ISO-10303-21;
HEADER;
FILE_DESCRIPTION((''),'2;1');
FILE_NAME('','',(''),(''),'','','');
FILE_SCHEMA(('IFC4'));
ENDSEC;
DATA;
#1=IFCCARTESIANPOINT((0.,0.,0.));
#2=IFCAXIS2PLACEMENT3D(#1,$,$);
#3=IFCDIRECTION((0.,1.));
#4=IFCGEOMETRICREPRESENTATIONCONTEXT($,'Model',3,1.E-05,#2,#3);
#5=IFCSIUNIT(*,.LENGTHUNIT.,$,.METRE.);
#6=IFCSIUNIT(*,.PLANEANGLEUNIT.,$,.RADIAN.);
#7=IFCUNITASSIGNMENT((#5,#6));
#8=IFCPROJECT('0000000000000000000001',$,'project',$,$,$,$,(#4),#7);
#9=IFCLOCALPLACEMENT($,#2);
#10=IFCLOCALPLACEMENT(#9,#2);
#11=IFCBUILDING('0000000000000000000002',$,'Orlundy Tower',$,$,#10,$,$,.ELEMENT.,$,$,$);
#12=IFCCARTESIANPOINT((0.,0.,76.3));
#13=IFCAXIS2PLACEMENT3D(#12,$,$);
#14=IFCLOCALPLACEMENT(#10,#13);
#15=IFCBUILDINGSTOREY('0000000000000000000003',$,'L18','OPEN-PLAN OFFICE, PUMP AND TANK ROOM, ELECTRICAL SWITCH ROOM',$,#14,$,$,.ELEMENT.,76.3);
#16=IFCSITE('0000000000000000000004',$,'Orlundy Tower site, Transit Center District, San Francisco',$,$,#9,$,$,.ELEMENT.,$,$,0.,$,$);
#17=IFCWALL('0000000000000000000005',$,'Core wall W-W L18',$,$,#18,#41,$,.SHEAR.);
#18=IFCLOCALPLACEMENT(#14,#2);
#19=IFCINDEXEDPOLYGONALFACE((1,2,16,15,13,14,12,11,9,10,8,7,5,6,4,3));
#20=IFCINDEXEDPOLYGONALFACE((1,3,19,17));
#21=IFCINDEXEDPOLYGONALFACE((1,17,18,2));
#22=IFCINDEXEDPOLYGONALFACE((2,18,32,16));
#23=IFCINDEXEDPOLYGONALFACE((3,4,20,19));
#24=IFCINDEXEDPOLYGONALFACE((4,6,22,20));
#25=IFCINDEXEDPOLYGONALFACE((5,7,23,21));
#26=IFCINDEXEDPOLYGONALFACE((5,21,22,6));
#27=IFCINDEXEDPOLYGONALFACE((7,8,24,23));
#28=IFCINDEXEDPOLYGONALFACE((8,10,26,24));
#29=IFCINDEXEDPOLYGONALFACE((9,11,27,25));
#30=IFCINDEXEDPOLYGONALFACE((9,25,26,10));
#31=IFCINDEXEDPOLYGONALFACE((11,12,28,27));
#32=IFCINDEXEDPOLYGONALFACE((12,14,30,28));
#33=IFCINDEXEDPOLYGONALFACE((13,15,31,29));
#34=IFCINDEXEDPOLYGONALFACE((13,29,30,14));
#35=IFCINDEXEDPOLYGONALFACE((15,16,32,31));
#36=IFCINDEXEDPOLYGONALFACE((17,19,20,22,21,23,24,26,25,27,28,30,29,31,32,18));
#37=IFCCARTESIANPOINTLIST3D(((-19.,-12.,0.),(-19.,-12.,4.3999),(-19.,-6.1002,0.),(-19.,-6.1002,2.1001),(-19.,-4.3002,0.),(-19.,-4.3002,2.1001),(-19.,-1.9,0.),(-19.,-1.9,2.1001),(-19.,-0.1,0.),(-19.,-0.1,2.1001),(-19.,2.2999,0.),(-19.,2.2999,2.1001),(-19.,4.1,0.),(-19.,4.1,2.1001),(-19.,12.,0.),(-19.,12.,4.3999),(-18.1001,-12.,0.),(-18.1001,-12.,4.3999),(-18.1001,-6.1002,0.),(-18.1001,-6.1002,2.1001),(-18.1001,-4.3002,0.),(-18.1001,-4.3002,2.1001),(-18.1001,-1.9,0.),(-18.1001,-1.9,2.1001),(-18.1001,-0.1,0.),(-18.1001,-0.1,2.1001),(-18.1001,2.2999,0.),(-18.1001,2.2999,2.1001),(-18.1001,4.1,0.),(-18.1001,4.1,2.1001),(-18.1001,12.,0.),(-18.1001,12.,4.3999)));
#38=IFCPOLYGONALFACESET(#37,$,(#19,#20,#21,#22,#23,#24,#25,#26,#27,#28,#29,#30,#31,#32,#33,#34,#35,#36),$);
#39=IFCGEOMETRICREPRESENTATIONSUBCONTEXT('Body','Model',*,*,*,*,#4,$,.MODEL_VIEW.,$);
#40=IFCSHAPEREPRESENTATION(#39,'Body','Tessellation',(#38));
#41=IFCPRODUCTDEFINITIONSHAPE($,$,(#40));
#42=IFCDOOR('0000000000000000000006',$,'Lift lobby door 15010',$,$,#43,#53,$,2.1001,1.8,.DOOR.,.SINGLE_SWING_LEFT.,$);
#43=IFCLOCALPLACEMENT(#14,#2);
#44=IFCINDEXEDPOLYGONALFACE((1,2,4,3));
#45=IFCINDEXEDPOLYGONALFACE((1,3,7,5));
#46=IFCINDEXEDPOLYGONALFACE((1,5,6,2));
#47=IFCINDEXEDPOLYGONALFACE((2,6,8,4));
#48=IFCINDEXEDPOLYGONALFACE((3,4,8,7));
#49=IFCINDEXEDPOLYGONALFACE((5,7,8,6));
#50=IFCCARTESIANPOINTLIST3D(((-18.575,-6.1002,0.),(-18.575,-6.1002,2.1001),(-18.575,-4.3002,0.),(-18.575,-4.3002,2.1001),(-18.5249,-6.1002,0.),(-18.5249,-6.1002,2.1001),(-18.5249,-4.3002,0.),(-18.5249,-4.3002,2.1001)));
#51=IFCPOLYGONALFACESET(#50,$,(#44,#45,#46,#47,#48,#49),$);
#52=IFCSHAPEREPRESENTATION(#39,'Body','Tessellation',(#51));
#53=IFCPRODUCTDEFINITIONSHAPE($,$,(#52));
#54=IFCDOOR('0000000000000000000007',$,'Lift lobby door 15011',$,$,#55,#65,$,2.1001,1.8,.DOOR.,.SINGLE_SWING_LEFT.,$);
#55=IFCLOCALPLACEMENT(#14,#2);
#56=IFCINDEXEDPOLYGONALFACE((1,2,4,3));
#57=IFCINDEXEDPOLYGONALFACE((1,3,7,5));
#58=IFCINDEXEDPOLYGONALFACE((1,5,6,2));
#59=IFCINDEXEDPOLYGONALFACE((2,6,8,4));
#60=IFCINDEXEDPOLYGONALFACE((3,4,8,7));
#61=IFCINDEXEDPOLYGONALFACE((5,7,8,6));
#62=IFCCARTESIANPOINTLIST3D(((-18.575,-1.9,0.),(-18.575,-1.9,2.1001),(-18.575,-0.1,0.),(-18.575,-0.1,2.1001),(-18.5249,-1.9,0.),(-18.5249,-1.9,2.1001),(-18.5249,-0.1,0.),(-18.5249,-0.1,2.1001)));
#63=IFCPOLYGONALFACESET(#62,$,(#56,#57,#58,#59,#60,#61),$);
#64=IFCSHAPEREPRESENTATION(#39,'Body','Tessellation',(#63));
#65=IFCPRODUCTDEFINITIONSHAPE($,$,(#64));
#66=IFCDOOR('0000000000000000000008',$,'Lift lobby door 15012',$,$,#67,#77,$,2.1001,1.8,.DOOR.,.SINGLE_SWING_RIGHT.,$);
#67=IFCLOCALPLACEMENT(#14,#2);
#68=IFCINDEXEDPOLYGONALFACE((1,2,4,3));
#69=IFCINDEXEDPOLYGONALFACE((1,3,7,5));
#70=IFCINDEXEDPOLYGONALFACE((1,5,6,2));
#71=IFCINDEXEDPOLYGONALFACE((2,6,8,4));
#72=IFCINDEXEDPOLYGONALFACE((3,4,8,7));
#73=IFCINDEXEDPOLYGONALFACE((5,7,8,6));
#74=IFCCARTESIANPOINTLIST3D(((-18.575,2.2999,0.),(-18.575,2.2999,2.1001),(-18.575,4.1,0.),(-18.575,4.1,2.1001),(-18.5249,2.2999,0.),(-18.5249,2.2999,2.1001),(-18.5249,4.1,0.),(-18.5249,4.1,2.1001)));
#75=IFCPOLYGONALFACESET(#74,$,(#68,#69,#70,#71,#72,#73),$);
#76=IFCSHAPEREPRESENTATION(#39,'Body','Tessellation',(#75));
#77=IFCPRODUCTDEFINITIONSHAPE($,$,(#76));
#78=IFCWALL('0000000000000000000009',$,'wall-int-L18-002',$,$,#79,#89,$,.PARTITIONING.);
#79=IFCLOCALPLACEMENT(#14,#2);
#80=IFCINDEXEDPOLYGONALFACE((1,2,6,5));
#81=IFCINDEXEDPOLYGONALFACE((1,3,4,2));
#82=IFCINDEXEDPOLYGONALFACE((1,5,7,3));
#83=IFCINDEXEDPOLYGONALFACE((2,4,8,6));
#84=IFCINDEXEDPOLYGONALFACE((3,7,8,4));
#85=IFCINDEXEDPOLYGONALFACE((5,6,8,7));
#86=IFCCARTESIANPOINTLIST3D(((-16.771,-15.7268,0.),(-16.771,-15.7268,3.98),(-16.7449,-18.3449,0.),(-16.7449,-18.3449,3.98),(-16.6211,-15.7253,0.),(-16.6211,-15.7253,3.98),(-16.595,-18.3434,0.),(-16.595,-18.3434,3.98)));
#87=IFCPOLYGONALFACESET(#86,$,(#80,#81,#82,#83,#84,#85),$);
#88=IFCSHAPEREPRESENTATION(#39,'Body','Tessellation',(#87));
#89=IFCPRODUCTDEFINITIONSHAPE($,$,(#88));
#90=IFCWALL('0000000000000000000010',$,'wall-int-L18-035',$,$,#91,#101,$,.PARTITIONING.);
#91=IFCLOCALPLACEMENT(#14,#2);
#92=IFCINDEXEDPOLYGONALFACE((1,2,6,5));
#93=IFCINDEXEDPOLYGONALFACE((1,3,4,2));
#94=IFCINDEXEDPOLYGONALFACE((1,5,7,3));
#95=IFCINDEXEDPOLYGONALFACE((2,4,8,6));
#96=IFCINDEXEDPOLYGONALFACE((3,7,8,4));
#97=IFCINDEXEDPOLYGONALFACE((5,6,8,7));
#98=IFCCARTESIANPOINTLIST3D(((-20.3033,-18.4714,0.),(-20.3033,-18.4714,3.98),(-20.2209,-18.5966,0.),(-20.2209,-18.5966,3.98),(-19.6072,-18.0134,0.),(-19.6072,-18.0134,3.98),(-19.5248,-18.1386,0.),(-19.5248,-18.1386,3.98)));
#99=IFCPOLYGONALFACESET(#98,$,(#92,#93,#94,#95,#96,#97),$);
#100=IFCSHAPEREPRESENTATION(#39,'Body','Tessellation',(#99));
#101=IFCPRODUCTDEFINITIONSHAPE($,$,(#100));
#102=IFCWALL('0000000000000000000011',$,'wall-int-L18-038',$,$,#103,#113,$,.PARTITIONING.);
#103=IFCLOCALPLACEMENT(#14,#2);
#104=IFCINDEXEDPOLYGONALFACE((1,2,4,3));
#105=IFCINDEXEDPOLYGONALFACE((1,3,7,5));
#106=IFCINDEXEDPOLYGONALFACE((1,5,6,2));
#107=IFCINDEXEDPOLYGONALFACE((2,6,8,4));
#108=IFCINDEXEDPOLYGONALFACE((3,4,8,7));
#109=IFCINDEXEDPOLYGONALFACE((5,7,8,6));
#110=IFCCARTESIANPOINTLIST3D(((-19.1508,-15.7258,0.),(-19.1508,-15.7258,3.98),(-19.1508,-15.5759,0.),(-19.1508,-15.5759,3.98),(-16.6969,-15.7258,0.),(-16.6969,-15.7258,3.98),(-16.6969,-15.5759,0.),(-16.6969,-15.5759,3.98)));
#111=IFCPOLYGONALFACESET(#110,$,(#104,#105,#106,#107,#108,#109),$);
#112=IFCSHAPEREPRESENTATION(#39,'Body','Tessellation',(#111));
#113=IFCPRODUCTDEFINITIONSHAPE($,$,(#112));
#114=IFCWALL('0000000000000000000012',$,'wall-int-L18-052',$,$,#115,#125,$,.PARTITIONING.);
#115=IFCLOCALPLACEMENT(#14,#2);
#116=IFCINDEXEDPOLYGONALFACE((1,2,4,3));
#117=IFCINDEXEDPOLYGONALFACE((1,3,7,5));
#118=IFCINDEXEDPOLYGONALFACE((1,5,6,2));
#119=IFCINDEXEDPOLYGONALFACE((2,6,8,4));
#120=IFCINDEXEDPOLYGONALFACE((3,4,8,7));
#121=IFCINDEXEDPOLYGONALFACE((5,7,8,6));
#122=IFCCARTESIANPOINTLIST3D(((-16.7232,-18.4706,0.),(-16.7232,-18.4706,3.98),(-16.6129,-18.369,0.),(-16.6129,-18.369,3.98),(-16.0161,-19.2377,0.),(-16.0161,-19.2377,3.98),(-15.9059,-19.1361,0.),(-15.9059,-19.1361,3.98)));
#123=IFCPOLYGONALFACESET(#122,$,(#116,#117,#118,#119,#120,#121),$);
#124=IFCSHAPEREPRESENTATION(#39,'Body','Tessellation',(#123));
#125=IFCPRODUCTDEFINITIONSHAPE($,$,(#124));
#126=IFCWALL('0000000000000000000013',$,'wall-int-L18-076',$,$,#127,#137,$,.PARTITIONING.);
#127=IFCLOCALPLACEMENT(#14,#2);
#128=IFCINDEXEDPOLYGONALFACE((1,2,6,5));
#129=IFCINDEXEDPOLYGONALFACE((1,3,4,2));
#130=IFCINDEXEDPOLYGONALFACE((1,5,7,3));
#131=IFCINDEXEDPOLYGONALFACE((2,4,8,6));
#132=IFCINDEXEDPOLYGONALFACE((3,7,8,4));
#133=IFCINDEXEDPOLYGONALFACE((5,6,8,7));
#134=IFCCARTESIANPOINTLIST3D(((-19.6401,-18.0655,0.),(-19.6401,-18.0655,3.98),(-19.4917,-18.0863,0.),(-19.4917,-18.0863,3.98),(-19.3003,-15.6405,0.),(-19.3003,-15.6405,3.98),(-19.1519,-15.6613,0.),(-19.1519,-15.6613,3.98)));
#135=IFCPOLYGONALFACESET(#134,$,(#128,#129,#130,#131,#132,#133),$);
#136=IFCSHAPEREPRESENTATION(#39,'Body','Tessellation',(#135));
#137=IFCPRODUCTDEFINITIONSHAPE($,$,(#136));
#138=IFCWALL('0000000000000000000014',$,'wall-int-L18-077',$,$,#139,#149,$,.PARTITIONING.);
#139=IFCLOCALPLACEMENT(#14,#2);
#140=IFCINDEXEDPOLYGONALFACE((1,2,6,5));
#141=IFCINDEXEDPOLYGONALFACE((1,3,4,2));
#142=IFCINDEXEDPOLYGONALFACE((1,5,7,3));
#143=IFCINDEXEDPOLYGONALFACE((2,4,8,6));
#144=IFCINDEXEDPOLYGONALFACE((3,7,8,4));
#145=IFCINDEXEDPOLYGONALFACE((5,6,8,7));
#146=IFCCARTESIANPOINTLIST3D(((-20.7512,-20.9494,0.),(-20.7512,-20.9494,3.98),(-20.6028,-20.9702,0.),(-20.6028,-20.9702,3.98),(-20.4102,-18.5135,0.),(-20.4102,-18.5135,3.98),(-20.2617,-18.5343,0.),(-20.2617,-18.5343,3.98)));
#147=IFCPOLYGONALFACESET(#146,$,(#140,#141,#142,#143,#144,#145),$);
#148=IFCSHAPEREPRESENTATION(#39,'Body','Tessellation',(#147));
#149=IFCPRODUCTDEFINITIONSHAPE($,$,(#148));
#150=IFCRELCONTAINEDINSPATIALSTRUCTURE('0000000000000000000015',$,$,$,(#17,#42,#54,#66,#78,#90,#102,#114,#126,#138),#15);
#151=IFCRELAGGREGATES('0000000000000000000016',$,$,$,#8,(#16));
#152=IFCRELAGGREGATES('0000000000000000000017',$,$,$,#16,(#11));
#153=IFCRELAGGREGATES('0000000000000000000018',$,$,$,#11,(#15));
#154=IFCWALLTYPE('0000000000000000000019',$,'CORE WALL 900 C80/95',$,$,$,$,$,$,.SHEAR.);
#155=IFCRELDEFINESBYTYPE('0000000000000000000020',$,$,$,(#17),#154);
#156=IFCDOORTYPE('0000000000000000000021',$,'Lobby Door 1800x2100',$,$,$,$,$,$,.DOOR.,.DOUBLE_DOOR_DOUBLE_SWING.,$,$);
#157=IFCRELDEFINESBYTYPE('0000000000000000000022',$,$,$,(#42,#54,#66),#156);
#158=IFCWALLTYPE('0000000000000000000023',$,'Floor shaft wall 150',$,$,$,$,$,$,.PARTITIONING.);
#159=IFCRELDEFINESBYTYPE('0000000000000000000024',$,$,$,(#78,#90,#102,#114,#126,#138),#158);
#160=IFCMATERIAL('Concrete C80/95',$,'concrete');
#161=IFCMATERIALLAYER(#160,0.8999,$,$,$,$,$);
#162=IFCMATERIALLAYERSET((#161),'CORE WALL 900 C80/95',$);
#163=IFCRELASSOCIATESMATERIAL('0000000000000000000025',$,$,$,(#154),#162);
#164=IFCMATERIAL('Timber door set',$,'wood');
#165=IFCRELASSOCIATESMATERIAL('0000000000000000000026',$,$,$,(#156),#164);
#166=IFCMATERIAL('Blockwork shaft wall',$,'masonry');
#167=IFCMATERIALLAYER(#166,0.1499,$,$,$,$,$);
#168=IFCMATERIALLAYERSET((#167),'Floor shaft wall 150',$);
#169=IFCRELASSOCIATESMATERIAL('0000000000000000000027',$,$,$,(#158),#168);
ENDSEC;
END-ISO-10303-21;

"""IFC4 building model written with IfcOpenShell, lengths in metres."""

from ifc_helpers import new_model, si_unit, direction, frame, frame_2d, origin, place, context, subcontext, project, spatial, rectangle, extrude, material, layer, layer_set, type_object, element, fill, save


model = new_model("IFC4")

# Units and contexts
model_context = context("Model", 3, precision=1e-05, world=origin(), true_north=direction((0.0, 1.0)))
body_context = subcontext(model_context, "Body", "Model", "MODEL_VIEW")
ifc_project = project(units=[si_unit("LENGTHUNIT", "METRE"), si_unit("PLANEANGLEUNIT", "RADIAN")], contexts=[model_context])

# Site, building, storey
site_placement = place(None, origin())
site = spatial("IfcSite", under=ifc_project, at=site_placement, Name="Orlundy Tower site, Transit Center District, San Francisco", CompositionType="ELEMENT", RefElevation=0.0)
building_placement = place(site_placement, origin())
building = spatial("IfcBuilding", under=site, at=building_placement, Name="Orlundy Tower", CompositionType="ELEMENT")
storey_placement = place(building_placement, frame((0.0, 0.0, 76.3)))
storey = spatial("IfcBuildingStorey", under=building, at=storey_placement, Name="L18", Description="OPEN-PLAN OFFICE, PUMP AND TANK ROOM, ELECTRICAL SWITCH ROOM", CompositionType="ELEMENT", Elevation=76.3)

# Wall, openings, doors
ifc_material_1 = material(Name="Concrete C80/95", Category="concrete")
ifc_layer_1 = layer(ifc_material_1, 0.8999)
ifc_layer_set_1 = layer_set([ifc_layer_1], Name="CORE WALL 900 C80/95")
wall_type_1 = type_object("IfcWallType", Name="CORE WALL 900 C80/95", PredefinedType="SHEAR", material=ifc_layer_set_1)
wall_1_placement = place(storey_placement, frame((-18.55, -12.0, 0.0), z_axis=(0.0, 0.0, 1.0), x_axis=(0.0, 1.0, 0.0)))
wall_1 = element("IfcWall", 1, at=wall_1_placement, inside=storey, type_object=wall_type_1, Name="Core wall W-W L18", PredefinedType="SHEAR", context=body_context, shape_type="SweptSolid", body=[
    extrude(rectangle(XDim=24.0, YDim=0.8999, at=frame_2d((12.0, 0.0))), origin(), (0.0, 0.0, 1.0), 4.3999),
])
opening_1_placement = place(wall_1_placement, frame((5.8999, 0.0, 0.0)))
opening_1 = element("IfcOpeningElement", 2, at=opening_1_placement, cuts=wall_1, PredefinedType="OPENING", context=body_context, shape_type="SweptSolid", body=[
    extrude(rectangle(XDim=1.8, YDim=2.1001, at=frame_2d((0.8999, 1.05))), frame((0.0, 0.46, 0.0), z_axis=(0.0, -1.0, 0.0), x_axis=(1.0, 0.0, 0.0)), (0.0, 0.0, 1.0), 0.9199),
])
opening_2_placement = place(wall_1_placement, frame((10.1001, 0.0, 0.0)))
opening_2 = element("IfcOpeningElement", 3, at=opening_2_placement, cuts=wall_1, PredefinedType="OPENING", context=body_context, shape_type="SweptSolid", body=[
    extrude(rectangle(XDim=1.8, YDim=2.1001, at=frame_2d((0.8999, 1.05))), frame((0.0, 0.46, 0.0), z_axis=(0.0, -1.0, 0.0), x_axis=(1.0, 0.0, 0.0)), (0.0, 0.0, 1.0), 0.9199),
])
opening_3_placement = place(wall_1_placement, frame((14.3, 0.0, 0.0)))
opening_3 = element("IfcOpeningElement", 4, at=opening_3_placement, cuts=wall_1, PredefinedType="OPENING", context=body_context, shape_type="SweptSolid", body=[
    extrude(rectangle(XDim=1.8, YDim=2.1001, at=frame_2d((0.8999, 1.05))), frame((0.0, 0.46, 0.0), z_axis=(0.0, -1.0, 0.0), x_axis=(1.0, 0.0, 0.0)), (0.0, 0.0, 1.0), 0.9199),
])
ifc_material_2 = material(Name="Timber door set", Category="wood")
door_type_1 = type_object("IfcDoorType", Name="Lobby Door 1800x2100", OperationType="DOUBLE_DOOR_DOUBLE_SWING", PredefinedType="DOOR", material=ifc_material_2)
door_1_placement = place(opening_1_placement, origin())
door_1 = element("IfcDoor", 5, at=door_1_placement, inside=storey, type_object=door_type_1, Name="Lift lobby door 15010", OperationType="SINGLE_SWING_LEFT", OverallHeight=2.1001, OverallWidth=1.8, PredefinedType="DOOR", context=body_context, shape_type="SweptSolid", body=[
    extrude(rectangle(XDim=1.8, YDim=2.1001, at=frame_2d((0.8999, 1.05))), frame((0.0, 0.0249, 0.0), z_axis=(0.0, -1.0, 0.0), x_axis=(1.0, 0.0, 0.0)), (0.0, 0.0, 1.0), 0.05),
])
fill(opening_1, door_1)
door_2_placement = place(opening_2_placement, origin())
door_2 = element("IfcDoor", 6, at=door_2_placement, inside=storey, type_object=door_type_1, Name="Lift lobby door 15011", OperationType="SINGLE_SWING_LEFT", OverallHeight=2.1001, OverallWidth=1.8, PredefinedType="DOOR", context=body_context, shape_type="SweptSolid", body=[
    extrude(rectangle(XDim=1.8, YDim=2.1001, at=frame_2d((0.8999, 1.05))), frame((0.0, 0.0249, 0.0), z_axis=(0.0, -1.0, 0.0), x_axis=(1.0, 0.0, 0.0)), (0.0, 0.0, 1.0), 0.05),
])
fill(opening_2, door_2)
door_3_placement = place(opening_3_placement, origin())
door_3 = element("IfcDoor", 7, at=door_3_placement, inside=storey, type_object=door_type_1, Name="Lift lobby door 15012", OperationType="SINGLE_SWING_RIGHT", OverallHeight=2.1001, OverallWidth=1.8, PredefinedType="DOOR", context=body_context, shape_type="SweptSolid", body=[
    extrude(rectangle(XDim=1.8, YDim=2.1001, at=frame_2d((0.8999, 1.05))), frame((0.0, 0.0249, 0.0), z_axis=(0.0, -1.0, 0.0), x_axis=(1.0, 0.0, 0.0)), (0.0, 0.0, 1.0), 0.05),
])
fill(opening_3, door_3)

# Walls
ifc_material_3 = material(Name="Blockwork shaft wall", Category="masonry")
ifc_layer_2 = layer(ifc_material_3, 0.1499)
ifc_layer_set_2 = layer_set([ifc_layer_2], Name="Floor shaft wall 150")
wall_type_2 = type_object("IfcWallType", Name="Floor shaft wall 150", PredefinedType="PARTITIONING", material=ifc_layer_set_2)
wall_2_placement = place(storey_placement, frame((-16.696, -15.7261, 0.0), z_axis=(0.0, 0.0, 1.0), x_axis=(0.009978, -0.99995, 0.0)))
element("IfcWall", 8, at=wall_2_placement, inside=storey, type_object=wall_type_2, Name="wall-int-L18-002", PredefinedType="PARTITIONING", context=body_context, shape_type="SweptSolid", body=[
    extrude(rectangle(XDim=2.6182, YDim=0.1499, at=frame_2d((1.3091, 0.0))), origin(), (0.0, 0.0, 1.0), 3.98),
])
wall_3_placement = place(storey_placement, frame((-20.262, -18.5339, 0.0), z_axis=(0.0, 0.0, 1.0), x_axis=(0.835371, 0.549686, 0.0)))
element("IfcWall", 9, at=wall_3_placement, inside=storey, type_object=wall_type_2, Name="wall-int-L18-035", PredefinedType="PARTITIONING", context=body_context, shape_type="SweptSolid", body=[
    extrude(rectangle(XDim=0.8333, YDim=0.1499, at=frame_2d((0.4165, 0.0))), origin(), (0.0, 0.0, 1.0), 3.98),
])
wall_4_placement = place(storey_placement, frame((-19.1509, -15.6509, 0.0), z_axis=(0.0, 0.0, 1.0), x_axis=(1.0, 0.0, 0.0)))
element("IfcWall", 10, at=wall_4_placement, inside=storey, type_object=wall_type_2, Name="wall-int-L18-038", PredefinedType="PARTITIONING", context=body_context, shape_type="SweptSolid", body=[
    extrude(rectangle(XDim=2.4539, YDim=0.1499, at=frame_2d((1.2271, 0.0))), origin(), (0.0, 0.0, 1.0), 3.98),
])
wall_5_placement = place(storey_placement, frame((-16.668, -18.4199, 0.0), z_axis=(0.0, 0.0, 1.0), x_axis=(0.677736, -0.735306, 0.0)))
element("IfcWall", 11, at=wall_5_placement, inside=storey, type_object=wall_type_2, Name="wall-int-L18-052", PredefinedType="PARTITIONING", context=body_context, shape_type="SweptSolid", body=[
    extrude(rectangle(XDim=1.0432, YDim=0.1499, at=frame_2d((0.5215, 0.0))), origin(), (0.0, 0.0, 1.0), 3.98),
])
wall_6_placement = place(storey_placement, frame((-19.5659, -18.0759, 0.0), z_axis=(0.0, 0.0, 1.0), x_axis=(0.138783, 0.990323, 0.0)))
element("IfcWall", 12, at=wall_6_placement, inside=storey, type_object=wall_type_2, Name="wall-int-L18-076", PredefinedType="PARTITIONING", context=body_context, shape_type="SweptSolid", body=[
    extrude(rectangle(XDim=2.4487, YDim=0.1499, at=frame_2d((1.2244, 0.0))), origin(), (0.0, 0.0, 1.0), 3.98),
])
wall_7_placement = place(storey_placement, frame((-20.677, -20.96, 0.0), z_axis=(0.0, 0.0, 1.0), x_axis=(0.138656, 0.990341, 0.0)))
element("IfcWall", 13, at=wall_7_placement, inside=storey, type_object=wall_type_2, Name="wall-int-L18-077", PredefinedType="PARTITIONING", context=body_context, shape_type="SweptSolid", body=[
    extrude(rectangle(XDim=2.4597, YDim=0.1499, at=frame_2d((1.23, 0.0))), origin(), (0.0, 0.0, 1.0), 3.98),
])

save(model, "model.ifc")
